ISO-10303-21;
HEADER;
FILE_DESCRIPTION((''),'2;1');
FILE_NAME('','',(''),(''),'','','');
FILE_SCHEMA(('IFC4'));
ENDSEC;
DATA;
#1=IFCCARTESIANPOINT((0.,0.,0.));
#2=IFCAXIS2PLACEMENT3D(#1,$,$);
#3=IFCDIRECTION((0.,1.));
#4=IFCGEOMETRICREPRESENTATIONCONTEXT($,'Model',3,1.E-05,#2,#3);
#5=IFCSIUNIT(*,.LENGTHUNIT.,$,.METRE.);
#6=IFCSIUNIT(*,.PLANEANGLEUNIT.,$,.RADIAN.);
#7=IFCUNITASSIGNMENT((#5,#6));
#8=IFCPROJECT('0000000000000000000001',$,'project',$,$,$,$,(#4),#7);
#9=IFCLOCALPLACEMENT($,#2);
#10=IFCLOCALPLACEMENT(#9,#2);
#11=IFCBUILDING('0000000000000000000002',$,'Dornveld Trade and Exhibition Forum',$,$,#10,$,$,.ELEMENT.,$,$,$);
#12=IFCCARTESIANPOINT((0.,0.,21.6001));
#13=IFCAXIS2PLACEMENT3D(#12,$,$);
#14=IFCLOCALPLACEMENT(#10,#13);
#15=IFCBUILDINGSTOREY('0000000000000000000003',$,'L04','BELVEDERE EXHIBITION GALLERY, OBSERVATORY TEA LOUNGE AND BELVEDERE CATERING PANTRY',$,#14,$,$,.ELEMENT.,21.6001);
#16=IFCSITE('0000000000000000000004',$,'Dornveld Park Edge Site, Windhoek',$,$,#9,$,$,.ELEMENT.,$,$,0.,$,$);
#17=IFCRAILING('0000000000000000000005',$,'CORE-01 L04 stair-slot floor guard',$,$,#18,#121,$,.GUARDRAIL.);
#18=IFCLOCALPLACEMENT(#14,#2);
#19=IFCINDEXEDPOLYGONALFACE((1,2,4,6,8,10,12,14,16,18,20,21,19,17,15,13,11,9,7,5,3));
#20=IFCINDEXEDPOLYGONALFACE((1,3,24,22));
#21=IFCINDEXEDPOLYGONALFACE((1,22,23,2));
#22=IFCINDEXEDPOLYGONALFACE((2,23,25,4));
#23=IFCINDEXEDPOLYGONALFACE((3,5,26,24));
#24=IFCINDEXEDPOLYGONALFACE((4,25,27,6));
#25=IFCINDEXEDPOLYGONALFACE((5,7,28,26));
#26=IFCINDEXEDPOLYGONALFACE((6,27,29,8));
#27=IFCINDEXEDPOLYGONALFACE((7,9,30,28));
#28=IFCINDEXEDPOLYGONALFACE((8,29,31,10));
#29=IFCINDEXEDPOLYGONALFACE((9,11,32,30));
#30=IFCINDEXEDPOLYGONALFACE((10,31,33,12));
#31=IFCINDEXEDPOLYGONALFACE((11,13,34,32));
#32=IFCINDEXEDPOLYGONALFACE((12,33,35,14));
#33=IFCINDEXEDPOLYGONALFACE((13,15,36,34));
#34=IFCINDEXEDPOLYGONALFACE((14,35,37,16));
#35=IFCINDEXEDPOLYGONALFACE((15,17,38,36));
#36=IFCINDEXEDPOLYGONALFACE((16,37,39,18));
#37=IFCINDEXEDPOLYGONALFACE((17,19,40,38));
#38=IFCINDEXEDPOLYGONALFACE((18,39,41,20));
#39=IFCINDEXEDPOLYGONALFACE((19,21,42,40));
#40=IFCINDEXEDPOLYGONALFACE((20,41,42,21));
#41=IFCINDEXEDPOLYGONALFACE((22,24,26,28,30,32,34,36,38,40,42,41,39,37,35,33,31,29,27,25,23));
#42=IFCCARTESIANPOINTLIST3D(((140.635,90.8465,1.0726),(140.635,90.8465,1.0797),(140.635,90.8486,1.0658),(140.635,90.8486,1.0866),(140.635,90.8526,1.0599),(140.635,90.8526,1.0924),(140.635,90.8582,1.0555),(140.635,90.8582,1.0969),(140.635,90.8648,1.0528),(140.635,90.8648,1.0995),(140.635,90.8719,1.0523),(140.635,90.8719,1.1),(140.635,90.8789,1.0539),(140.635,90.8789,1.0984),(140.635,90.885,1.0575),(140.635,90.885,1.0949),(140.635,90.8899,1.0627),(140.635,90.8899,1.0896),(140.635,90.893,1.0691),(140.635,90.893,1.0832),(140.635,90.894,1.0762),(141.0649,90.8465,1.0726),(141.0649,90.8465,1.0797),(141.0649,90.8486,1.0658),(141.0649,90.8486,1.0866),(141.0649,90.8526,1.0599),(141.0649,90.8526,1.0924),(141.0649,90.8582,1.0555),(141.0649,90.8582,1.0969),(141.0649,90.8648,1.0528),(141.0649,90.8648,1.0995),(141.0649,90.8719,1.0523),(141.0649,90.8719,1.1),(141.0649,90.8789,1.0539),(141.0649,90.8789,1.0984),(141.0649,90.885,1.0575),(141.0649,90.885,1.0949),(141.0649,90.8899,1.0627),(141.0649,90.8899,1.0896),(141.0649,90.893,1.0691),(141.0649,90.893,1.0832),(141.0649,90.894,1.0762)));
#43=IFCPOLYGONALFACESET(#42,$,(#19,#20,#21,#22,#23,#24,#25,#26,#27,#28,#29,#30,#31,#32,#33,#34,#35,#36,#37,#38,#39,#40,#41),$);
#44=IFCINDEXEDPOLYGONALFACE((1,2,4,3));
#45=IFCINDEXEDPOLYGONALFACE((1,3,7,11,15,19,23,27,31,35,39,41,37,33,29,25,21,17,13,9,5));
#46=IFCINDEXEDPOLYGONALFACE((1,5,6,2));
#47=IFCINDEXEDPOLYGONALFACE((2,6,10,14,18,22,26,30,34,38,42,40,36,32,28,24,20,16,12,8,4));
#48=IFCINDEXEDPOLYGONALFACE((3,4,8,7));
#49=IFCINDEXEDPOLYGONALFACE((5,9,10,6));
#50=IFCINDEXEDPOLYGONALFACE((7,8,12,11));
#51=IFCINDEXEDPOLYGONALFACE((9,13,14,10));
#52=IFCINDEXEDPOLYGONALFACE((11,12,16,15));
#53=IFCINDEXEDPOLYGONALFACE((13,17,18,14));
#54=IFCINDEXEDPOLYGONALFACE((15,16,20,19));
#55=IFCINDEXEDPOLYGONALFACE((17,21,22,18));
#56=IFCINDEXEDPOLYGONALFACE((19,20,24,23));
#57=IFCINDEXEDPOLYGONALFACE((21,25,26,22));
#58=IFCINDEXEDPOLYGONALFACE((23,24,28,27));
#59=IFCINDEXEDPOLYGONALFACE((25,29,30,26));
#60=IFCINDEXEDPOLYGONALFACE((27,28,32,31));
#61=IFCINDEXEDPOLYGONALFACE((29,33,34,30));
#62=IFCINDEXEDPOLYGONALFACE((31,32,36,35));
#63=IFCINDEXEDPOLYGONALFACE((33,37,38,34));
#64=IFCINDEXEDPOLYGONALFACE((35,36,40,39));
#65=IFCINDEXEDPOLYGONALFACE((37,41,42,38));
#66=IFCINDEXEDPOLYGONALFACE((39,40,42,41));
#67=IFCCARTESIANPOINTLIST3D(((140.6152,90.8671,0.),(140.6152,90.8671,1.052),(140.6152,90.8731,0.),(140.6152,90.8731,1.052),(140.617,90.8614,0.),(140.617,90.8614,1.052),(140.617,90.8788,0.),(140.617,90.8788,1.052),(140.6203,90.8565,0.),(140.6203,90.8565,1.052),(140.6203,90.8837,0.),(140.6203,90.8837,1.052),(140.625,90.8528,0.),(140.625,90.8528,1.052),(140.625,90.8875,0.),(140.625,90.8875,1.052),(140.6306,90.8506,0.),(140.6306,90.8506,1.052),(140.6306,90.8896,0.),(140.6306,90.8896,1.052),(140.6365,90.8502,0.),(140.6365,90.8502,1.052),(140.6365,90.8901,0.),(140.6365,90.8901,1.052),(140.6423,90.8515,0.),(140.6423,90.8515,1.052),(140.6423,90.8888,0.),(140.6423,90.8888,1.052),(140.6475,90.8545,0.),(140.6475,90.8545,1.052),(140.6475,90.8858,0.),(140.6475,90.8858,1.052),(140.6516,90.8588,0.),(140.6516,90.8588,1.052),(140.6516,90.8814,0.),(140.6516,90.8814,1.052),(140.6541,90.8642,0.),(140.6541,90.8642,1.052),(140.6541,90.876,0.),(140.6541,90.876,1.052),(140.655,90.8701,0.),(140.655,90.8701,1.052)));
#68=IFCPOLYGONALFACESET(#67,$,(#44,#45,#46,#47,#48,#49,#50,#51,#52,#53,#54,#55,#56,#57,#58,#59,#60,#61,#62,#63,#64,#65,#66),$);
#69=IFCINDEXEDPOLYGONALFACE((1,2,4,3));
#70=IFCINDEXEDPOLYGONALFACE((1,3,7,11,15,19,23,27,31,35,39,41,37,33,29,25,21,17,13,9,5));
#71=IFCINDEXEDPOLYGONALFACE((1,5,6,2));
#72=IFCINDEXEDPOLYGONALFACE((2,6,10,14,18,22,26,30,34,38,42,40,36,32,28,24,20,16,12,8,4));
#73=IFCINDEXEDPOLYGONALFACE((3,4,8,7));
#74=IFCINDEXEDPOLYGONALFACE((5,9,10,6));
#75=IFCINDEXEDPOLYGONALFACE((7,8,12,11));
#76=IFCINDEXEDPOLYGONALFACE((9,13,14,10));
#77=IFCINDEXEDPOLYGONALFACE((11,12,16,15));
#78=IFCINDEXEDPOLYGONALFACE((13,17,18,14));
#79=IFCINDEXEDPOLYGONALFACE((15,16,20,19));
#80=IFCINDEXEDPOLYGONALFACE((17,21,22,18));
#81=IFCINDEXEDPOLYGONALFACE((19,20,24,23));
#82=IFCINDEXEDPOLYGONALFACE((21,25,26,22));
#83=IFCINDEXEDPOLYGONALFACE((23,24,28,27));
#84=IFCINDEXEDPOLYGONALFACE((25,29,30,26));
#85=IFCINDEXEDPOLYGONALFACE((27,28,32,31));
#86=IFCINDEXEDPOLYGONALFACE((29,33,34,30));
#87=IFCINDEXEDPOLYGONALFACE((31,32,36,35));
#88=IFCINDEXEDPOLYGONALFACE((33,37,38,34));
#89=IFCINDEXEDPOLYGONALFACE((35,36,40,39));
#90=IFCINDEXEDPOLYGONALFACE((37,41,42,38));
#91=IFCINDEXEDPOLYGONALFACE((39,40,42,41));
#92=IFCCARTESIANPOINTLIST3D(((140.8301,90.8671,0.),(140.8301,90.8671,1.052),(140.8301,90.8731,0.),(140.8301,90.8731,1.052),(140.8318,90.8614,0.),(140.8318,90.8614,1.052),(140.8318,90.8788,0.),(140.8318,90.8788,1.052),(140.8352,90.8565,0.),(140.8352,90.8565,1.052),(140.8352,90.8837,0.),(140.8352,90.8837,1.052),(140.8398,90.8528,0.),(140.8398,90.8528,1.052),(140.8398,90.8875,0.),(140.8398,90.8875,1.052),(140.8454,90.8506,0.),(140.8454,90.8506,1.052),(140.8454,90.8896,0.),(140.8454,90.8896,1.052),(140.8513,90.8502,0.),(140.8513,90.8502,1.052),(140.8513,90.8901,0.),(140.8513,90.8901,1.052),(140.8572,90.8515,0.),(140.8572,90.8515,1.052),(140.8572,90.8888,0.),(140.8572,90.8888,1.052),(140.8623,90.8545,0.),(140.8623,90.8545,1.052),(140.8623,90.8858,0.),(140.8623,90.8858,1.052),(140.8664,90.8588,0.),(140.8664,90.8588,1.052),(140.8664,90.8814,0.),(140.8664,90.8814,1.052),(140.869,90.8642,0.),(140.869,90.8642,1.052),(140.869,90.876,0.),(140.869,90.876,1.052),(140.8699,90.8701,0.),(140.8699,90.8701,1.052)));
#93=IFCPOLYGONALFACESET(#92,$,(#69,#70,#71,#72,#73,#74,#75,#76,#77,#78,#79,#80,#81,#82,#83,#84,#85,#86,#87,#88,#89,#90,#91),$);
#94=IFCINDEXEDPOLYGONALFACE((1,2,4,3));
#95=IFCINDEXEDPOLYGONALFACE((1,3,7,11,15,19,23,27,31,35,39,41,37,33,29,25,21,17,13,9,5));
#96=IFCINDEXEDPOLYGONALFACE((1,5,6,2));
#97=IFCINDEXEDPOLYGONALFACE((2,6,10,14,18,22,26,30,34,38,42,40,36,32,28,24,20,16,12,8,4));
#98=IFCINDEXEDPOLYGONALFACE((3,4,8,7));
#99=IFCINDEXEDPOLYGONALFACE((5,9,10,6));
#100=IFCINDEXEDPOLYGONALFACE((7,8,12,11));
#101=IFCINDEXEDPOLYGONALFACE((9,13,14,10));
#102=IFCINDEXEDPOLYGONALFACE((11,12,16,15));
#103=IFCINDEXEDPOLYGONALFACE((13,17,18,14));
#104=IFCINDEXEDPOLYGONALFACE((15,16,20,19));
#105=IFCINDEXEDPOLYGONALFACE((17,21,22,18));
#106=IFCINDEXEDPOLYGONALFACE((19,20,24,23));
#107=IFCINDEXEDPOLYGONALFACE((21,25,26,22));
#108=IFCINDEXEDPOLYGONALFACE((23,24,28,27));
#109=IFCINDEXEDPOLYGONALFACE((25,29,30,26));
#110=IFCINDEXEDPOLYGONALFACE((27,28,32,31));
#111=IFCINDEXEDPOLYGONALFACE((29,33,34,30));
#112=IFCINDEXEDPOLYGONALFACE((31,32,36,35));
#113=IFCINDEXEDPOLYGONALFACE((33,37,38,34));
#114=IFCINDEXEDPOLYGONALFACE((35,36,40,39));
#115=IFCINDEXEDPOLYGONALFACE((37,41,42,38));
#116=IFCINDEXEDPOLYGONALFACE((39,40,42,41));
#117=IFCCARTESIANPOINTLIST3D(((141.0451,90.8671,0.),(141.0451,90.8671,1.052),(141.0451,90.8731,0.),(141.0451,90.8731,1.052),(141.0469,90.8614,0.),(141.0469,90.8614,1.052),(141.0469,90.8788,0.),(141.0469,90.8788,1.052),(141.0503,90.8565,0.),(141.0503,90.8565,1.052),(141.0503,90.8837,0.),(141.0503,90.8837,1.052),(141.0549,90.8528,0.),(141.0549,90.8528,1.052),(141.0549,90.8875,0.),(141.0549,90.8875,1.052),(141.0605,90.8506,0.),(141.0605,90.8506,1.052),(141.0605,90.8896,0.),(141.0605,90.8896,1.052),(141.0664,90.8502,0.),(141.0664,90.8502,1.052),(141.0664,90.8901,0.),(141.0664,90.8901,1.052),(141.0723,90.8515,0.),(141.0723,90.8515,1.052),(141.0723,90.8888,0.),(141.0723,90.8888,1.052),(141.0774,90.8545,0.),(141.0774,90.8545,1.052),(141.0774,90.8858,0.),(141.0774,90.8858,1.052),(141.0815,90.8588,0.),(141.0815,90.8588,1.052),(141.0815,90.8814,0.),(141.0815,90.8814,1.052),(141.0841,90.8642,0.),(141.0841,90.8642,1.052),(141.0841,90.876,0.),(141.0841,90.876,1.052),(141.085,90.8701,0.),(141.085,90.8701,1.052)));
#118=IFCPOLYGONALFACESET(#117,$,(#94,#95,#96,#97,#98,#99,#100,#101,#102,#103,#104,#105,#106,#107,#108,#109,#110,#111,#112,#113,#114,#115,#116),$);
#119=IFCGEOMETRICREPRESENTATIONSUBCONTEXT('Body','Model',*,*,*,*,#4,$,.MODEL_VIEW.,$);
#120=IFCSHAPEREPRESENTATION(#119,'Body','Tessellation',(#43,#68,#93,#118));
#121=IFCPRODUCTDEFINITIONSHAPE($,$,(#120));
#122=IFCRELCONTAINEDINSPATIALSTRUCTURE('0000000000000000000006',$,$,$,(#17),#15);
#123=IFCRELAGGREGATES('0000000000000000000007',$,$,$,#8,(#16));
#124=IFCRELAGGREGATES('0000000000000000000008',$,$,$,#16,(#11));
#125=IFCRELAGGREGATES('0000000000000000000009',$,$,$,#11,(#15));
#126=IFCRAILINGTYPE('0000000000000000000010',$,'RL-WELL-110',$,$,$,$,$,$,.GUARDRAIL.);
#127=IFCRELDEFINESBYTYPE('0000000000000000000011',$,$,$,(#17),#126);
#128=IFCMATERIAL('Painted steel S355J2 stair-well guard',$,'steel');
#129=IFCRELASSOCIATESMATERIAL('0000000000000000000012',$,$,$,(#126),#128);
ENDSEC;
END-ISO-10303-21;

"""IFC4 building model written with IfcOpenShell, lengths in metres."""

from ifc_helpers import new_model, si_unit, direction, frame, origin, origin_2d, place, context, subcontext, project, spatial, circle, extrude, material, type_object, element, save


model = new_model("IFC4")

# Units and contexts
model_context = context("Model", 3, precision=1e-05, world=origin(), true_north=direction((0.0, 1.0)))
body_context = subcontext(model_context, "Body", "Model", "MODEL_VIEW")
ifc_project = project(units=[si_unit("LENGTHUNIT", "METRE"), si_unit("PLANEANGLEUNIT", "RADIAN")], contexts=[model_context])

# Site, building, storey
site_placement = place(None, origin())
site = spatial("IfcSite", under=ifc_project, at=site_placement, Name="Dornveld Park Edge Site, Windhoek", CompositionType="ELEMENT", RefElevation=0.0)
building_placement = place(site_placement, origin())
building = spatial("IfcBuilding", under=site, at=building_placement, Name="Dornveld Trade and Exhibition Forum", CompositionType="ELEMENT")
storey_placement = place(building_placement, frame((0.0, 0.0, 21.6001)))
storey = spatial("IfcBuildingStorey", under=building, at=storey_placement, Name="L04", Description="BELVEDERE EXHIBITION GALLERY, OBSERVATORY TEA LOUNGE AND BELVEDERE CATERING PANTRY", CompositionType="ELEMENT", Elevation=21.6001)

# Railing
ifc_material_1 = material(Name="Painted steel S355J2 stair-well guard", Category="steel")
railing_type_1 = type_object("IfcRailingType", Name="RL-WELL-110", PredefinedType="GUARDRAIL", material=ifc_material_1)
railing_1_placement = place(storey_placement, frame((140.635, 90.8701, 0.0)))
element("IfcRailing", 1, at=railing_1_placement, inside=storey, type_object=railing_type_1, Name="CORE-01 L04 stair-slot floor guard", PredefinedType="GUARDRAIL", context=body_context, shape_type="SweptSolid", body=[
    extrude(circle(Radius=0.0239, at=origin_2d()), frame((0.0, 0.0, 1.0762), z_axis=(1.0, 0.0, 0.0), x_axis=(0.0, 1.0, 0.0)), (0.0, 0.0, 1.0), 0.4299),
    extrude(circle(Radius=0.02, at=origin_2d()), origin(), (0.0, 0.0, 1.0), 1.052),
    extrude(circle(Radius=0.02, at=origin_2d()), frame((0.2148, 0.0, 0.0)), (0.0, 0.0, 1.0), 1.052),
    extrude(circle(Radius=0.02, at=origin_2d()), frame((0.4299, 0.0, 0.0)), (0.0, 0.0, 1.0), 1.052),
])

save(model, "model.ifc")
